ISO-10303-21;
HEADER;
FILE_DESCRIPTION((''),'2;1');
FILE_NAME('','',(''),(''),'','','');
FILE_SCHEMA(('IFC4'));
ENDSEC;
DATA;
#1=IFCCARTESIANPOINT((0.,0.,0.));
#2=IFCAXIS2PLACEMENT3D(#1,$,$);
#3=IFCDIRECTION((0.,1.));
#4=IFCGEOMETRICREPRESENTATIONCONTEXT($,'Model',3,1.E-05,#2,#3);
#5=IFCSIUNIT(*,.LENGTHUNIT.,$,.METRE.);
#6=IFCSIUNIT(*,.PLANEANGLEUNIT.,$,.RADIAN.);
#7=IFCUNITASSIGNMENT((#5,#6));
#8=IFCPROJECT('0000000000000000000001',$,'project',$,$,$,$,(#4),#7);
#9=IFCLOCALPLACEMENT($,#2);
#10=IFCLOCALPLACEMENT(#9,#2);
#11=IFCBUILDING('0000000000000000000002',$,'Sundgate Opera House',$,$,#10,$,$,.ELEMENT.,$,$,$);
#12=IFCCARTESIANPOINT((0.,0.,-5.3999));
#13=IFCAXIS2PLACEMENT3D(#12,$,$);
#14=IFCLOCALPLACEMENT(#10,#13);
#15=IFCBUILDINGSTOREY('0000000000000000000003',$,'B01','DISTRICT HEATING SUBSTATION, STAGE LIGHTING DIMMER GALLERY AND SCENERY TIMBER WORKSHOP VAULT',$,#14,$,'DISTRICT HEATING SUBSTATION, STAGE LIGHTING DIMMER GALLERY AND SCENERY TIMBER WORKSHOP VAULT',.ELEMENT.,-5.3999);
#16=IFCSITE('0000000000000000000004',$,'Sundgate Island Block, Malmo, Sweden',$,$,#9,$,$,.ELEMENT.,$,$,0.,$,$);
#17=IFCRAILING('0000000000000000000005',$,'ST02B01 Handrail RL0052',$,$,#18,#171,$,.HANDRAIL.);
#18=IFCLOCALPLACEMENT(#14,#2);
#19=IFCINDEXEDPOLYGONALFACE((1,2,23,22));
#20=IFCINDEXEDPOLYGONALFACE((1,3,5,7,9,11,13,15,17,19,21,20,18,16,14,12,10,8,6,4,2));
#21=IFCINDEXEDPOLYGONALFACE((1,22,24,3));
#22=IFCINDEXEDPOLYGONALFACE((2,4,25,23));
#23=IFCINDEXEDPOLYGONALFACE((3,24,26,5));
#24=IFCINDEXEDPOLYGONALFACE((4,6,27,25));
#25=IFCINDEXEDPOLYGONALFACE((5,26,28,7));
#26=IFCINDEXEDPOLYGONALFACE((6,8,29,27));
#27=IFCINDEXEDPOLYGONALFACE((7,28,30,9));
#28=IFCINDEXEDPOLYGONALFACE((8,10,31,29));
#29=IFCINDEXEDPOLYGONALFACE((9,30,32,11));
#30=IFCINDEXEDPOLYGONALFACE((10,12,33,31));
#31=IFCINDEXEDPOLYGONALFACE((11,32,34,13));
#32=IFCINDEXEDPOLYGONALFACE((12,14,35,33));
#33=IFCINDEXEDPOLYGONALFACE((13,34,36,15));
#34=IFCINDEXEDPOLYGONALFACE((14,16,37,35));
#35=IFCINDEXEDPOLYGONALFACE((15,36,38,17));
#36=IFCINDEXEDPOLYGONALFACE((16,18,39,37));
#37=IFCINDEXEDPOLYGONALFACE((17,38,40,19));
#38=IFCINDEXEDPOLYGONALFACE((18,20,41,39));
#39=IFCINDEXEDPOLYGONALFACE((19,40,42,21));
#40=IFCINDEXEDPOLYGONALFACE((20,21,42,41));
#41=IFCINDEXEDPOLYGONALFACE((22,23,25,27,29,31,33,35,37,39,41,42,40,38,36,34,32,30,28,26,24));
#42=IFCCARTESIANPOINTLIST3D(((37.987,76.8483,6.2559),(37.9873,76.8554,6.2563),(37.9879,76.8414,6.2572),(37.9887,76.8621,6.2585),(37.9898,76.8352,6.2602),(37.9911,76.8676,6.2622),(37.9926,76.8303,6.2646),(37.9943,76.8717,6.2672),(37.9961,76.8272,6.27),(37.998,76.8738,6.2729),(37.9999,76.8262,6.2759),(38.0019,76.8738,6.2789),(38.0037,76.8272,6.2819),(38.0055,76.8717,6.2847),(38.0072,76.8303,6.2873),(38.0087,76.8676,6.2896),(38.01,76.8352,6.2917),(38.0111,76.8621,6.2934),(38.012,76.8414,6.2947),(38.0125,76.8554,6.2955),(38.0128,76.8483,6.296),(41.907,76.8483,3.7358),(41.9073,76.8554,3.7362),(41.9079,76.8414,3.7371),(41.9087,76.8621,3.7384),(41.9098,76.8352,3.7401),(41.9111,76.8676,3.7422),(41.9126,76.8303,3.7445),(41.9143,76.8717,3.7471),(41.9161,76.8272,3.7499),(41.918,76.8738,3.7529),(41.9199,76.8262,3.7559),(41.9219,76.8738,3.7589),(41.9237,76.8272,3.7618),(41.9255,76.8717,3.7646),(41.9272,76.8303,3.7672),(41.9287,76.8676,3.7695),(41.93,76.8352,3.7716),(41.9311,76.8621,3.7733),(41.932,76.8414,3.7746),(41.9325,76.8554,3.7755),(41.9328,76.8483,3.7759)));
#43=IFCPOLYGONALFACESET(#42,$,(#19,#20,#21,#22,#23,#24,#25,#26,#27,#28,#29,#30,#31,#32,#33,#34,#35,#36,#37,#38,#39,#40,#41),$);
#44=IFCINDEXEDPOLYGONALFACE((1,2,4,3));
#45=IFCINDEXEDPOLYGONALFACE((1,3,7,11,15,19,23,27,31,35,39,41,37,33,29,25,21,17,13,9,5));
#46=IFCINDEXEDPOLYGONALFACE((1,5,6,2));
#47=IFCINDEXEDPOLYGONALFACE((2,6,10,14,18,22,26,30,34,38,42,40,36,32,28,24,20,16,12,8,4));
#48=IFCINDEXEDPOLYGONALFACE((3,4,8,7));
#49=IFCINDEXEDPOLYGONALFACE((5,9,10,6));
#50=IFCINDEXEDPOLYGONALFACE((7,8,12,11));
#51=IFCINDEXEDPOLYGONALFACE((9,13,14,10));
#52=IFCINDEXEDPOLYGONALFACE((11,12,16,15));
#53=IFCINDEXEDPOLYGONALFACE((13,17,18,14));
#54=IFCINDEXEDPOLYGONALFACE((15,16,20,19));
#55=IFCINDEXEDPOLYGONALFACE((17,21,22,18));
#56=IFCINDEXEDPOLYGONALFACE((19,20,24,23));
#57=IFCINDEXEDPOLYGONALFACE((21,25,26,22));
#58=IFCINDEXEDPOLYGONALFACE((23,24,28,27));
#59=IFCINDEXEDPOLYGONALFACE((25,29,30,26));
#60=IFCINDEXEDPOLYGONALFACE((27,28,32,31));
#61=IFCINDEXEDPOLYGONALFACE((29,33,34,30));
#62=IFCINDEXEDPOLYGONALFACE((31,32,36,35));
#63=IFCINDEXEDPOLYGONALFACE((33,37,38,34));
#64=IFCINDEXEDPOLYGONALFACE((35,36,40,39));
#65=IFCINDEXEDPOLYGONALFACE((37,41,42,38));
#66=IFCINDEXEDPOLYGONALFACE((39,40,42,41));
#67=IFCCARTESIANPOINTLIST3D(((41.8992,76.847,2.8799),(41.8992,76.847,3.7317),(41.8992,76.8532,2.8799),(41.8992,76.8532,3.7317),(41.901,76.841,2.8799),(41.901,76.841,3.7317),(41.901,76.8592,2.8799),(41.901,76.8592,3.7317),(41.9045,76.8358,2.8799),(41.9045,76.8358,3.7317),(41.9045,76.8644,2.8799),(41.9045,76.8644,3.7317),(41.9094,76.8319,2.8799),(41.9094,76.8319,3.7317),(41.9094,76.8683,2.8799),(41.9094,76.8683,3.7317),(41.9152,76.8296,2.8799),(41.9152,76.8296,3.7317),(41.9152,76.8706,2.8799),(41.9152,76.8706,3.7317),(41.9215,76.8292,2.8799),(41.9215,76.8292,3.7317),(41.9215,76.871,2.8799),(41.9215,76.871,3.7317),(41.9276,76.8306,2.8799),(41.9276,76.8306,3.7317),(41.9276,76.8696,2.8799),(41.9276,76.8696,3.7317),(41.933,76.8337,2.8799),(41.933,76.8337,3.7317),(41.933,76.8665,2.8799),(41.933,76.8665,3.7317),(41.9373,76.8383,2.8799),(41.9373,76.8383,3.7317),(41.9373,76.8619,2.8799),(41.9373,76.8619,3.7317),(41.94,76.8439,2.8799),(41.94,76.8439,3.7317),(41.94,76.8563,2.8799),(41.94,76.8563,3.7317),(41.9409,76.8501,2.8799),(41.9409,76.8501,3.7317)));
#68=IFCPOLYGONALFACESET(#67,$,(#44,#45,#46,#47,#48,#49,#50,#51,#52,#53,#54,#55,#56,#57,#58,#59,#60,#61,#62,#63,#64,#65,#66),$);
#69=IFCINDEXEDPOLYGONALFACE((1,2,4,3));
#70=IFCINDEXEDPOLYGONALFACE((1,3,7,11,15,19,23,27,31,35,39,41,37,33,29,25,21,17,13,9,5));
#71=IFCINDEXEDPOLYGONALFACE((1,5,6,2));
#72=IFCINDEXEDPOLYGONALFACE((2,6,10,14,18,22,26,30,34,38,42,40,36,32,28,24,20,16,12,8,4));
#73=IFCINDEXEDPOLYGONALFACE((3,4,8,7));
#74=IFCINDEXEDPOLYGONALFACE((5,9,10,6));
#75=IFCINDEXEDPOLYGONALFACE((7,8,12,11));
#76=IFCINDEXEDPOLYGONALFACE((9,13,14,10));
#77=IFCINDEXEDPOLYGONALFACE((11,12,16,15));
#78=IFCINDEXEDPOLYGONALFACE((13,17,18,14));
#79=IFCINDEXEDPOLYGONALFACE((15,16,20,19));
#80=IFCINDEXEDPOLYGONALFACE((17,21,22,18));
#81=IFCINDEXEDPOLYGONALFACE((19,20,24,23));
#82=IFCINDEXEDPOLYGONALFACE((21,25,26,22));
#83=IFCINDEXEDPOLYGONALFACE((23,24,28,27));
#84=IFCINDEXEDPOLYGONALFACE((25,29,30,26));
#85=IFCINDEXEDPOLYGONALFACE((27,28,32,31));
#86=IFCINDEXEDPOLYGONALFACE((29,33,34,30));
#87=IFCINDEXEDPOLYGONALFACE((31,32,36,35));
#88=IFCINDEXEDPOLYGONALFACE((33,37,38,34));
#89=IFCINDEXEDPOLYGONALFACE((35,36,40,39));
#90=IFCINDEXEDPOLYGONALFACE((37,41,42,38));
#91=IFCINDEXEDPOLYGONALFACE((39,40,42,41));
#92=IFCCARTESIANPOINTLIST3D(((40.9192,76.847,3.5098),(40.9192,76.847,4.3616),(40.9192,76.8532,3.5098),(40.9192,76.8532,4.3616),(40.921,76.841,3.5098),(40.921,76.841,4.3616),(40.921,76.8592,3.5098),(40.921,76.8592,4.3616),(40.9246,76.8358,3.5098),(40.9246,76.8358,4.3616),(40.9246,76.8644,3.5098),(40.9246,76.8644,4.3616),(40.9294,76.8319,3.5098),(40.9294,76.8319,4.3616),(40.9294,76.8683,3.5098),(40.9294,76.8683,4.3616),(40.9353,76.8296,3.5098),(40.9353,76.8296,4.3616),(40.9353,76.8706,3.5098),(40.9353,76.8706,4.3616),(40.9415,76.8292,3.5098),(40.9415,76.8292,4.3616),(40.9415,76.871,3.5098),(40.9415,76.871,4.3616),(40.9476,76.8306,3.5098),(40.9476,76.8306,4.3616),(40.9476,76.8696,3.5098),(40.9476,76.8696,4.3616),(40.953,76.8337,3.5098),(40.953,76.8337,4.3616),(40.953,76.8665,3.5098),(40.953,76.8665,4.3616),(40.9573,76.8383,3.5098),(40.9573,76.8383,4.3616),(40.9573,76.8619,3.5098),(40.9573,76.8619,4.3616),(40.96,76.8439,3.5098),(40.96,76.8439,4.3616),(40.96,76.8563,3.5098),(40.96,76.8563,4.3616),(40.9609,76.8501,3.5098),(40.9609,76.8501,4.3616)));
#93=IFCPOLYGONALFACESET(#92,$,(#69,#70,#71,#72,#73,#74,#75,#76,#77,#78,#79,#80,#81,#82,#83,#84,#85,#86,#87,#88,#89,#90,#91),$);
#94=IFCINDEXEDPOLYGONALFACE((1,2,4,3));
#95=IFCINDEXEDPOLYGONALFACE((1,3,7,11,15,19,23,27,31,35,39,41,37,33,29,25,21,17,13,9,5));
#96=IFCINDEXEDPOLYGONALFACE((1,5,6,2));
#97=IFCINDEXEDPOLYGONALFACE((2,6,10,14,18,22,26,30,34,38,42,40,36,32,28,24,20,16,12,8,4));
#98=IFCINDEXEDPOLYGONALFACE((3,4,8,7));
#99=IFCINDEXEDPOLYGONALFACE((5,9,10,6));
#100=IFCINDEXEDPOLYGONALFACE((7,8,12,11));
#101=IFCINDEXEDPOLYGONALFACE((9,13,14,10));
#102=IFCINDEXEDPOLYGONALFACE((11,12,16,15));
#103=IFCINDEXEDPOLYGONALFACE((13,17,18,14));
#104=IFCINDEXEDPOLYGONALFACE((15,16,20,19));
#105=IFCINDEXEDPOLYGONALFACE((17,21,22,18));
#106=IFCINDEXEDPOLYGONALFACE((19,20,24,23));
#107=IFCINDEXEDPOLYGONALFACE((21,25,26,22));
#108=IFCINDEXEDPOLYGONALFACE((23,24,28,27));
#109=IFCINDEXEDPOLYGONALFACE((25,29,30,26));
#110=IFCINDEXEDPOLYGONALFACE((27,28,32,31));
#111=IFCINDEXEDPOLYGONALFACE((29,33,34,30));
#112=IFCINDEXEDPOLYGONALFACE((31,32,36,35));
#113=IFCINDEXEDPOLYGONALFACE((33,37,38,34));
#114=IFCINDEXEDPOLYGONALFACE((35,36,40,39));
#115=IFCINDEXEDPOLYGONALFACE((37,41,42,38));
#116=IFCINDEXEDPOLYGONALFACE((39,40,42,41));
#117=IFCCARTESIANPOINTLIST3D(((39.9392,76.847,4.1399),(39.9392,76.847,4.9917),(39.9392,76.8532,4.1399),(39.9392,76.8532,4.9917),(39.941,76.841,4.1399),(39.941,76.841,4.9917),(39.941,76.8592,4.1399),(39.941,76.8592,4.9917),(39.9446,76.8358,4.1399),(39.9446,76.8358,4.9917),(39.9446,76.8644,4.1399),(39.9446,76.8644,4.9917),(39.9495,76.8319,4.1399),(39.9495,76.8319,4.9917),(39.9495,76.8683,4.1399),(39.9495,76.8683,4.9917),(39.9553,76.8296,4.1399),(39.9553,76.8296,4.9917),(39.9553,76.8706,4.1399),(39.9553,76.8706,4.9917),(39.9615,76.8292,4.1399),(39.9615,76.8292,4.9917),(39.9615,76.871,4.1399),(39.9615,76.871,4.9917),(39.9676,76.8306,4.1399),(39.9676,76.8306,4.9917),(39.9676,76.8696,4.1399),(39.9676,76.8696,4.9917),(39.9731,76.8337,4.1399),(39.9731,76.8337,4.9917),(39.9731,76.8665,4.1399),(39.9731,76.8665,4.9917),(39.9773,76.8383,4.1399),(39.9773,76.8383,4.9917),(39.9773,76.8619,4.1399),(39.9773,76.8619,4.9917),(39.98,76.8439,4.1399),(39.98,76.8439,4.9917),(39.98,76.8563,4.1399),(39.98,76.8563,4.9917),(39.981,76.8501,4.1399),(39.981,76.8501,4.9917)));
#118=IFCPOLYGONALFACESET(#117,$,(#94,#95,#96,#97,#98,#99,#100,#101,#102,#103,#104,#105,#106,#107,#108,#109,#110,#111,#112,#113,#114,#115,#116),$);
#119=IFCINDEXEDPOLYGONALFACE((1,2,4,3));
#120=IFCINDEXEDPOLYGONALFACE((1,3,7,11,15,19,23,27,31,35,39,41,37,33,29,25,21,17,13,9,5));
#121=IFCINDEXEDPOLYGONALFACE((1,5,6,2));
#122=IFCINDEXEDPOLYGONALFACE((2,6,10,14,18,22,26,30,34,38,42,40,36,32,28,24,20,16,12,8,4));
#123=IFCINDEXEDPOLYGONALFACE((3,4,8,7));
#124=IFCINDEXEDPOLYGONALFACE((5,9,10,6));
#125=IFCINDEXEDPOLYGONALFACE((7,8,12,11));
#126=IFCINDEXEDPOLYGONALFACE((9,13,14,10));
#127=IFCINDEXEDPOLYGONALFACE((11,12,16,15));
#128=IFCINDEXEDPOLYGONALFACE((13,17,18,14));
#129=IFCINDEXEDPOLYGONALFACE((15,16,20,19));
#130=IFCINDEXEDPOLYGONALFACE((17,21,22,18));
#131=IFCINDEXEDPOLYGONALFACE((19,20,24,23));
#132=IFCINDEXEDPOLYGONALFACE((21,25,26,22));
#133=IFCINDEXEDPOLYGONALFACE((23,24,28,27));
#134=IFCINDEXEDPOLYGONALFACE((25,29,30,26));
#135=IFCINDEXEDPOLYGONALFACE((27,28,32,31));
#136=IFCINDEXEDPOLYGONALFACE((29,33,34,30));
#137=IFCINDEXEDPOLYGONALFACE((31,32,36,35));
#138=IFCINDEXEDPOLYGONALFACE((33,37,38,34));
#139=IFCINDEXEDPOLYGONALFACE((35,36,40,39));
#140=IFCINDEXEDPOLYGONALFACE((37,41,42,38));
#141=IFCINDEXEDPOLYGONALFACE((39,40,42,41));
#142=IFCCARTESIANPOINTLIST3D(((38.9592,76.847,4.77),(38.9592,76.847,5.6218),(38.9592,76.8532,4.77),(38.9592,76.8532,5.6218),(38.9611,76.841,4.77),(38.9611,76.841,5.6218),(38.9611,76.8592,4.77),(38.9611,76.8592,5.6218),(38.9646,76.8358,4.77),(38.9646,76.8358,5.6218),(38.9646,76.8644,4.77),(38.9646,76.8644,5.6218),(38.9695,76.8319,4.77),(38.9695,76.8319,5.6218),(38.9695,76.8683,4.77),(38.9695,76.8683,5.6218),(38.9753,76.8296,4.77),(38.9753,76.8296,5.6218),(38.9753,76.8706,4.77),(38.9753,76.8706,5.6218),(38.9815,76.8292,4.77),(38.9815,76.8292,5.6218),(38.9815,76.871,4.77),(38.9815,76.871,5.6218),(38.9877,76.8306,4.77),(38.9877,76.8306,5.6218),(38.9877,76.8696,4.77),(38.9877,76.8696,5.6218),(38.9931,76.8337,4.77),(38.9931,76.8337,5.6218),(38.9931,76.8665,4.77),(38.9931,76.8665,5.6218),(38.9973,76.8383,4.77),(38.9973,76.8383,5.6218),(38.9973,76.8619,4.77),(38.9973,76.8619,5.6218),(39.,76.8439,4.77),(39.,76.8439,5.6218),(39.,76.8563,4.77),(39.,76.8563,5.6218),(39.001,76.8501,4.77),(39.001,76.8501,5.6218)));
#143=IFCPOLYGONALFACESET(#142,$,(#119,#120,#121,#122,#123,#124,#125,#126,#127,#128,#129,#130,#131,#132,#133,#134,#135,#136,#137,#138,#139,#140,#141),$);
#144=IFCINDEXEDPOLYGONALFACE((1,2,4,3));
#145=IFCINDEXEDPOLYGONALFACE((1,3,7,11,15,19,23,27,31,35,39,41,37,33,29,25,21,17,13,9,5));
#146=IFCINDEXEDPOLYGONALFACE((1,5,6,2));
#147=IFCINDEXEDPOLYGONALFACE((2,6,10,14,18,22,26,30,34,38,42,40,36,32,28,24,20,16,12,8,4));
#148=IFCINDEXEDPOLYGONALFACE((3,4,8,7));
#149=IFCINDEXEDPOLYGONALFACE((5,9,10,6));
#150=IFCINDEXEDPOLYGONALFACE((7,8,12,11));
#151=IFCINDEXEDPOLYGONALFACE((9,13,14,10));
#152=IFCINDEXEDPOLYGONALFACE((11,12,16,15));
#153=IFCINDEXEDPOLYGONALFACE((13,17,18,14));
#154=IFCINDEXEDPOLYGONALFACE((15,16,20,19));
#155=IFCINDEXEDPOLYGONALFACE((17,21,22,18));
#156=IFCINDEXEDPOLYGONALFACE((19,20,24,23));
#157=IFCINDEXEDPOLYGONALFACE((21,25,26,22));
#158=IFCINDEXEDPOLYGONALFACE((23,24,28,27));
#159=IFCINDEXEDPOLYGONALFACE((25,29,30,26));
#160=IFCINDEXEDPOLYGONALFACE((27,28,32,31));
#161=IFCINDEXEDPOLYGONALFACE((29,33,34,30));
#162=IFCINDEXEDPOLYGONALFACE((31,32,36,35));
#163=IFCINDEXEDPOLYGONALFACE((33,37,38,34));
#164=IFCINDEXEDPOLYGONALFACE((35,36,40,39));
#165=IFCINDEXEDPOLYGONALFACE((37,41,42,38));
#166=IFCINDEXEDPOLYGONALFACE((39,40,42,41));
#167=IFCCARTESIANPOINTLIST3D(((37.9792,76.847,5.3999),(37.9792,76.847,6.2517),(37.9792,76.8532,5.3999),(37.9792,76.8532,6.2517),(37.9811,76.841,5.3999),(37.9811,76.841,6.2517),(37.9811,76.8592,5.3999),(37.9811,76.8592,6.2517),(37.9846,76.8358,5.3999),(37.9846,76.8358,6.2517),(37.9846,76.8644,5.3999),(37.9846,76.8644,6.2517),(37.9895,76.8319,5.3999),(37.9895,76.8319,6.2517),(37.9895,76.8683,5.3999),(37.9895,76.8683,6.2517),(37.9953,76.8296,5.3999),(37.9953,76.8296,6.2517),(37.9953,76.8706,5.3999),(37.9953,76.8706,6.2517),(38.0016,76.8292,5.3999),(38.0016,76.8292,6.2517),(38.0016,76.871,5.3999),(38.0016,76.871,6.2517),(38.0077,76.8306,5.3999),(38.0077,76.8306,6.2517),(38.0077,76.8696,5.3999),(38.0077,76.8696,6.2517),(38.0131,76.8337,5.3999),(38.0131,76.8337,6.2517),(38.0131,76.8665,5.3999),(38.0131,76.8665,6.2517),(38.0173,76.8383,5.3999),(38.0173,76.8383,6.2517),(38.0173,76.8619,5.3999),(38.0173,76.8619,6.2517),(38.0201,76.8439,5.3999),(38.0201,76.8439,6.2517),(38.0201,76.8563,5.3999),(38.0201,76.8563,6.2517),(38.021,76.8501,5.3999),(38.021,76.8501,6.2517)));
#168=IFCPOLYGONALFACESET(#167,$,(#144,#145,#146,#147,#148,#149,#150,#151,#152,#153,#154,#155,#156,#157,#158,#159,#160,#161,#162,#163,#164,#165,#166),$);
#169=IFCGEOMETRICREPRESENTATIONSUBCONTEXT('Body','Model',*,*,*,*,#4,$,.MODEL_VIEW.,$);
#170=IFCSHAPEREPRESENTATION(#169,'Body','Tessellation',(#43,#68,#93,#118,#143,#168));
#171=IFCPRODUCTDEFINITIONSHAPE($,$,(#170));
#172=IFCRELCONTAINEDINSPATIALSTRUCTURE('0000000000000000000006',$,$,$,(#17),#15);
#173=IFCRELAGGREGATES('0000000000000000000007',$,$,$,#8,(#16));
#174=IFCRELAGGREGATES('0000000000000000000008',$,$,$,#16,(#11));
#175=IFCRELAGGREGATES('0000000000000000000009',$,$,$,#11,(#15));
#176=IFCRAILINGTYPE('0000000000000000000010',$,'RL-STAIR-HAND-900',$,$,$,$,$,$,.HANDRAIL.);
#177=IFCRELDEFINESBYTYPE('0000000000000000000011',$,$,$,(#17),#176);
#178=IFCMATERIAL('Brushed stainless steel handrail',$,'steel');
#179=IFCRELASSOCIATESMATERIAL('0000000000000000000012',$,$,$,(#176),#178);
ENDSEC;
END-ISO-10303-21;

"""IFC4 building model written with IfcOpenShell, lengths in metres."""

from ifc_helpers import new_model, si_unit, direction, frame, origin, origin_2d, place, context, subcontext, project, spatial, circle, extrude, material, type_object, element, save


model = new_model("IFC4")

# Units and contexts
model_context = context("Model", 3, precision=1e-05, world=origin(), true_north=direction((0.0, 1.0)))
body_context = subcontext(model_context, "Body", "Model", "MODEL_VIEW")
ifc_project = project(units=[si_unit("LENGTHUNIT", "METRE"), si_unit("PLANEANGLEUNIT", "RADIAN")], contexts=[model_context])

# Site, building, storey
site_placement = place(None, origin())
site = spatial("IfcSite", under=ifc_project, at=site_placement, Name="Sundgate Island Block, Malmo, Sweden", CompositionType="ELEMENT", RefElevation=0.0)
building_placement = place(site_placement, origin())
building = spatial("IfcBuilding", under=site, at=building_placement, Name="Sundgate Opera House", CompositionType="ELEMENT")
storey_placement = place(building_placement, frame((0.0, 0.0, -5.3999)))
storey = spatial("IfcBuildingStorey", under=building, at=storey_placement, Name="B01", Description="DISTRICT HEATING SUBSTATION, STAGE LIGHTING DIMMER GALLERY AND SCENERY TIMBER WORKSHOP VAULT", LongName="DISTRICT HEATING SUBSTATION, STAGE LIGHTING DIMMER GALLERY AND SCENERY TIMBER WORKSHOP VAULT", CompositionType="ELEMENT", Elevation=-5.3999)

# Railing
ifc_material_1 = material(Name="Brushed stainless steel handrail", Category="steel")
railing_type = type_object("IfcRailingType", Name="RL-STAIR-HAND-900", PredefinedType="HANDRAIL", material=ifc_material_1)
railing_placement = place(storey_placement, frame((41.9199, 76.8501, 2.8799)))
element("IfcRailing", 1, at=railing_placement, inside=storey, type_object=railing_type, Name="ST02B01 Handrail RL0052", PredefinedType="HANDRAIL", context=body_context, shape_type="SweptSolid", body=[
    extrude(circle(Radius=0.0239, at=origin_2d()), frame((0.0, 0.0, 0.876), z_axis=(-0.841172, 0.0, 0.540768), x_axis=(0.0, -1.0, 0.0)), (0.0, 0.0, 1.0), 4.6602),
    extrude(circle(Radius=0.021, at=origin_2d()), origin(), (0.0, 0.0, 1.0), 0.8518),
    extrude(circle(Radius=0.021, at=origin_2d()), frame((-0.98, 0.0, 0.6299)), (0.0, 0.0, 1.0), 0.8518),
    extrude(circle(Radius=0.021, at=origin_2d()), frame((-1.96, 0.0, 1.26)), (0.0, 0.0, 1.0), 0.8518),
    extrude(circle(Radius=0.021, at=origin_2d()), frame((-2.9399, 0.0, 1.8901)), (0.0, 0.0, 1.0), 0.8518),
    extrude(circle(Radius=0.021, at=origin_2d()), frame((-3.9199, 0.0, 2.52)), (0.0, 0.0, 1.0), 0.8518),
])

save(model, "model.ifc")
